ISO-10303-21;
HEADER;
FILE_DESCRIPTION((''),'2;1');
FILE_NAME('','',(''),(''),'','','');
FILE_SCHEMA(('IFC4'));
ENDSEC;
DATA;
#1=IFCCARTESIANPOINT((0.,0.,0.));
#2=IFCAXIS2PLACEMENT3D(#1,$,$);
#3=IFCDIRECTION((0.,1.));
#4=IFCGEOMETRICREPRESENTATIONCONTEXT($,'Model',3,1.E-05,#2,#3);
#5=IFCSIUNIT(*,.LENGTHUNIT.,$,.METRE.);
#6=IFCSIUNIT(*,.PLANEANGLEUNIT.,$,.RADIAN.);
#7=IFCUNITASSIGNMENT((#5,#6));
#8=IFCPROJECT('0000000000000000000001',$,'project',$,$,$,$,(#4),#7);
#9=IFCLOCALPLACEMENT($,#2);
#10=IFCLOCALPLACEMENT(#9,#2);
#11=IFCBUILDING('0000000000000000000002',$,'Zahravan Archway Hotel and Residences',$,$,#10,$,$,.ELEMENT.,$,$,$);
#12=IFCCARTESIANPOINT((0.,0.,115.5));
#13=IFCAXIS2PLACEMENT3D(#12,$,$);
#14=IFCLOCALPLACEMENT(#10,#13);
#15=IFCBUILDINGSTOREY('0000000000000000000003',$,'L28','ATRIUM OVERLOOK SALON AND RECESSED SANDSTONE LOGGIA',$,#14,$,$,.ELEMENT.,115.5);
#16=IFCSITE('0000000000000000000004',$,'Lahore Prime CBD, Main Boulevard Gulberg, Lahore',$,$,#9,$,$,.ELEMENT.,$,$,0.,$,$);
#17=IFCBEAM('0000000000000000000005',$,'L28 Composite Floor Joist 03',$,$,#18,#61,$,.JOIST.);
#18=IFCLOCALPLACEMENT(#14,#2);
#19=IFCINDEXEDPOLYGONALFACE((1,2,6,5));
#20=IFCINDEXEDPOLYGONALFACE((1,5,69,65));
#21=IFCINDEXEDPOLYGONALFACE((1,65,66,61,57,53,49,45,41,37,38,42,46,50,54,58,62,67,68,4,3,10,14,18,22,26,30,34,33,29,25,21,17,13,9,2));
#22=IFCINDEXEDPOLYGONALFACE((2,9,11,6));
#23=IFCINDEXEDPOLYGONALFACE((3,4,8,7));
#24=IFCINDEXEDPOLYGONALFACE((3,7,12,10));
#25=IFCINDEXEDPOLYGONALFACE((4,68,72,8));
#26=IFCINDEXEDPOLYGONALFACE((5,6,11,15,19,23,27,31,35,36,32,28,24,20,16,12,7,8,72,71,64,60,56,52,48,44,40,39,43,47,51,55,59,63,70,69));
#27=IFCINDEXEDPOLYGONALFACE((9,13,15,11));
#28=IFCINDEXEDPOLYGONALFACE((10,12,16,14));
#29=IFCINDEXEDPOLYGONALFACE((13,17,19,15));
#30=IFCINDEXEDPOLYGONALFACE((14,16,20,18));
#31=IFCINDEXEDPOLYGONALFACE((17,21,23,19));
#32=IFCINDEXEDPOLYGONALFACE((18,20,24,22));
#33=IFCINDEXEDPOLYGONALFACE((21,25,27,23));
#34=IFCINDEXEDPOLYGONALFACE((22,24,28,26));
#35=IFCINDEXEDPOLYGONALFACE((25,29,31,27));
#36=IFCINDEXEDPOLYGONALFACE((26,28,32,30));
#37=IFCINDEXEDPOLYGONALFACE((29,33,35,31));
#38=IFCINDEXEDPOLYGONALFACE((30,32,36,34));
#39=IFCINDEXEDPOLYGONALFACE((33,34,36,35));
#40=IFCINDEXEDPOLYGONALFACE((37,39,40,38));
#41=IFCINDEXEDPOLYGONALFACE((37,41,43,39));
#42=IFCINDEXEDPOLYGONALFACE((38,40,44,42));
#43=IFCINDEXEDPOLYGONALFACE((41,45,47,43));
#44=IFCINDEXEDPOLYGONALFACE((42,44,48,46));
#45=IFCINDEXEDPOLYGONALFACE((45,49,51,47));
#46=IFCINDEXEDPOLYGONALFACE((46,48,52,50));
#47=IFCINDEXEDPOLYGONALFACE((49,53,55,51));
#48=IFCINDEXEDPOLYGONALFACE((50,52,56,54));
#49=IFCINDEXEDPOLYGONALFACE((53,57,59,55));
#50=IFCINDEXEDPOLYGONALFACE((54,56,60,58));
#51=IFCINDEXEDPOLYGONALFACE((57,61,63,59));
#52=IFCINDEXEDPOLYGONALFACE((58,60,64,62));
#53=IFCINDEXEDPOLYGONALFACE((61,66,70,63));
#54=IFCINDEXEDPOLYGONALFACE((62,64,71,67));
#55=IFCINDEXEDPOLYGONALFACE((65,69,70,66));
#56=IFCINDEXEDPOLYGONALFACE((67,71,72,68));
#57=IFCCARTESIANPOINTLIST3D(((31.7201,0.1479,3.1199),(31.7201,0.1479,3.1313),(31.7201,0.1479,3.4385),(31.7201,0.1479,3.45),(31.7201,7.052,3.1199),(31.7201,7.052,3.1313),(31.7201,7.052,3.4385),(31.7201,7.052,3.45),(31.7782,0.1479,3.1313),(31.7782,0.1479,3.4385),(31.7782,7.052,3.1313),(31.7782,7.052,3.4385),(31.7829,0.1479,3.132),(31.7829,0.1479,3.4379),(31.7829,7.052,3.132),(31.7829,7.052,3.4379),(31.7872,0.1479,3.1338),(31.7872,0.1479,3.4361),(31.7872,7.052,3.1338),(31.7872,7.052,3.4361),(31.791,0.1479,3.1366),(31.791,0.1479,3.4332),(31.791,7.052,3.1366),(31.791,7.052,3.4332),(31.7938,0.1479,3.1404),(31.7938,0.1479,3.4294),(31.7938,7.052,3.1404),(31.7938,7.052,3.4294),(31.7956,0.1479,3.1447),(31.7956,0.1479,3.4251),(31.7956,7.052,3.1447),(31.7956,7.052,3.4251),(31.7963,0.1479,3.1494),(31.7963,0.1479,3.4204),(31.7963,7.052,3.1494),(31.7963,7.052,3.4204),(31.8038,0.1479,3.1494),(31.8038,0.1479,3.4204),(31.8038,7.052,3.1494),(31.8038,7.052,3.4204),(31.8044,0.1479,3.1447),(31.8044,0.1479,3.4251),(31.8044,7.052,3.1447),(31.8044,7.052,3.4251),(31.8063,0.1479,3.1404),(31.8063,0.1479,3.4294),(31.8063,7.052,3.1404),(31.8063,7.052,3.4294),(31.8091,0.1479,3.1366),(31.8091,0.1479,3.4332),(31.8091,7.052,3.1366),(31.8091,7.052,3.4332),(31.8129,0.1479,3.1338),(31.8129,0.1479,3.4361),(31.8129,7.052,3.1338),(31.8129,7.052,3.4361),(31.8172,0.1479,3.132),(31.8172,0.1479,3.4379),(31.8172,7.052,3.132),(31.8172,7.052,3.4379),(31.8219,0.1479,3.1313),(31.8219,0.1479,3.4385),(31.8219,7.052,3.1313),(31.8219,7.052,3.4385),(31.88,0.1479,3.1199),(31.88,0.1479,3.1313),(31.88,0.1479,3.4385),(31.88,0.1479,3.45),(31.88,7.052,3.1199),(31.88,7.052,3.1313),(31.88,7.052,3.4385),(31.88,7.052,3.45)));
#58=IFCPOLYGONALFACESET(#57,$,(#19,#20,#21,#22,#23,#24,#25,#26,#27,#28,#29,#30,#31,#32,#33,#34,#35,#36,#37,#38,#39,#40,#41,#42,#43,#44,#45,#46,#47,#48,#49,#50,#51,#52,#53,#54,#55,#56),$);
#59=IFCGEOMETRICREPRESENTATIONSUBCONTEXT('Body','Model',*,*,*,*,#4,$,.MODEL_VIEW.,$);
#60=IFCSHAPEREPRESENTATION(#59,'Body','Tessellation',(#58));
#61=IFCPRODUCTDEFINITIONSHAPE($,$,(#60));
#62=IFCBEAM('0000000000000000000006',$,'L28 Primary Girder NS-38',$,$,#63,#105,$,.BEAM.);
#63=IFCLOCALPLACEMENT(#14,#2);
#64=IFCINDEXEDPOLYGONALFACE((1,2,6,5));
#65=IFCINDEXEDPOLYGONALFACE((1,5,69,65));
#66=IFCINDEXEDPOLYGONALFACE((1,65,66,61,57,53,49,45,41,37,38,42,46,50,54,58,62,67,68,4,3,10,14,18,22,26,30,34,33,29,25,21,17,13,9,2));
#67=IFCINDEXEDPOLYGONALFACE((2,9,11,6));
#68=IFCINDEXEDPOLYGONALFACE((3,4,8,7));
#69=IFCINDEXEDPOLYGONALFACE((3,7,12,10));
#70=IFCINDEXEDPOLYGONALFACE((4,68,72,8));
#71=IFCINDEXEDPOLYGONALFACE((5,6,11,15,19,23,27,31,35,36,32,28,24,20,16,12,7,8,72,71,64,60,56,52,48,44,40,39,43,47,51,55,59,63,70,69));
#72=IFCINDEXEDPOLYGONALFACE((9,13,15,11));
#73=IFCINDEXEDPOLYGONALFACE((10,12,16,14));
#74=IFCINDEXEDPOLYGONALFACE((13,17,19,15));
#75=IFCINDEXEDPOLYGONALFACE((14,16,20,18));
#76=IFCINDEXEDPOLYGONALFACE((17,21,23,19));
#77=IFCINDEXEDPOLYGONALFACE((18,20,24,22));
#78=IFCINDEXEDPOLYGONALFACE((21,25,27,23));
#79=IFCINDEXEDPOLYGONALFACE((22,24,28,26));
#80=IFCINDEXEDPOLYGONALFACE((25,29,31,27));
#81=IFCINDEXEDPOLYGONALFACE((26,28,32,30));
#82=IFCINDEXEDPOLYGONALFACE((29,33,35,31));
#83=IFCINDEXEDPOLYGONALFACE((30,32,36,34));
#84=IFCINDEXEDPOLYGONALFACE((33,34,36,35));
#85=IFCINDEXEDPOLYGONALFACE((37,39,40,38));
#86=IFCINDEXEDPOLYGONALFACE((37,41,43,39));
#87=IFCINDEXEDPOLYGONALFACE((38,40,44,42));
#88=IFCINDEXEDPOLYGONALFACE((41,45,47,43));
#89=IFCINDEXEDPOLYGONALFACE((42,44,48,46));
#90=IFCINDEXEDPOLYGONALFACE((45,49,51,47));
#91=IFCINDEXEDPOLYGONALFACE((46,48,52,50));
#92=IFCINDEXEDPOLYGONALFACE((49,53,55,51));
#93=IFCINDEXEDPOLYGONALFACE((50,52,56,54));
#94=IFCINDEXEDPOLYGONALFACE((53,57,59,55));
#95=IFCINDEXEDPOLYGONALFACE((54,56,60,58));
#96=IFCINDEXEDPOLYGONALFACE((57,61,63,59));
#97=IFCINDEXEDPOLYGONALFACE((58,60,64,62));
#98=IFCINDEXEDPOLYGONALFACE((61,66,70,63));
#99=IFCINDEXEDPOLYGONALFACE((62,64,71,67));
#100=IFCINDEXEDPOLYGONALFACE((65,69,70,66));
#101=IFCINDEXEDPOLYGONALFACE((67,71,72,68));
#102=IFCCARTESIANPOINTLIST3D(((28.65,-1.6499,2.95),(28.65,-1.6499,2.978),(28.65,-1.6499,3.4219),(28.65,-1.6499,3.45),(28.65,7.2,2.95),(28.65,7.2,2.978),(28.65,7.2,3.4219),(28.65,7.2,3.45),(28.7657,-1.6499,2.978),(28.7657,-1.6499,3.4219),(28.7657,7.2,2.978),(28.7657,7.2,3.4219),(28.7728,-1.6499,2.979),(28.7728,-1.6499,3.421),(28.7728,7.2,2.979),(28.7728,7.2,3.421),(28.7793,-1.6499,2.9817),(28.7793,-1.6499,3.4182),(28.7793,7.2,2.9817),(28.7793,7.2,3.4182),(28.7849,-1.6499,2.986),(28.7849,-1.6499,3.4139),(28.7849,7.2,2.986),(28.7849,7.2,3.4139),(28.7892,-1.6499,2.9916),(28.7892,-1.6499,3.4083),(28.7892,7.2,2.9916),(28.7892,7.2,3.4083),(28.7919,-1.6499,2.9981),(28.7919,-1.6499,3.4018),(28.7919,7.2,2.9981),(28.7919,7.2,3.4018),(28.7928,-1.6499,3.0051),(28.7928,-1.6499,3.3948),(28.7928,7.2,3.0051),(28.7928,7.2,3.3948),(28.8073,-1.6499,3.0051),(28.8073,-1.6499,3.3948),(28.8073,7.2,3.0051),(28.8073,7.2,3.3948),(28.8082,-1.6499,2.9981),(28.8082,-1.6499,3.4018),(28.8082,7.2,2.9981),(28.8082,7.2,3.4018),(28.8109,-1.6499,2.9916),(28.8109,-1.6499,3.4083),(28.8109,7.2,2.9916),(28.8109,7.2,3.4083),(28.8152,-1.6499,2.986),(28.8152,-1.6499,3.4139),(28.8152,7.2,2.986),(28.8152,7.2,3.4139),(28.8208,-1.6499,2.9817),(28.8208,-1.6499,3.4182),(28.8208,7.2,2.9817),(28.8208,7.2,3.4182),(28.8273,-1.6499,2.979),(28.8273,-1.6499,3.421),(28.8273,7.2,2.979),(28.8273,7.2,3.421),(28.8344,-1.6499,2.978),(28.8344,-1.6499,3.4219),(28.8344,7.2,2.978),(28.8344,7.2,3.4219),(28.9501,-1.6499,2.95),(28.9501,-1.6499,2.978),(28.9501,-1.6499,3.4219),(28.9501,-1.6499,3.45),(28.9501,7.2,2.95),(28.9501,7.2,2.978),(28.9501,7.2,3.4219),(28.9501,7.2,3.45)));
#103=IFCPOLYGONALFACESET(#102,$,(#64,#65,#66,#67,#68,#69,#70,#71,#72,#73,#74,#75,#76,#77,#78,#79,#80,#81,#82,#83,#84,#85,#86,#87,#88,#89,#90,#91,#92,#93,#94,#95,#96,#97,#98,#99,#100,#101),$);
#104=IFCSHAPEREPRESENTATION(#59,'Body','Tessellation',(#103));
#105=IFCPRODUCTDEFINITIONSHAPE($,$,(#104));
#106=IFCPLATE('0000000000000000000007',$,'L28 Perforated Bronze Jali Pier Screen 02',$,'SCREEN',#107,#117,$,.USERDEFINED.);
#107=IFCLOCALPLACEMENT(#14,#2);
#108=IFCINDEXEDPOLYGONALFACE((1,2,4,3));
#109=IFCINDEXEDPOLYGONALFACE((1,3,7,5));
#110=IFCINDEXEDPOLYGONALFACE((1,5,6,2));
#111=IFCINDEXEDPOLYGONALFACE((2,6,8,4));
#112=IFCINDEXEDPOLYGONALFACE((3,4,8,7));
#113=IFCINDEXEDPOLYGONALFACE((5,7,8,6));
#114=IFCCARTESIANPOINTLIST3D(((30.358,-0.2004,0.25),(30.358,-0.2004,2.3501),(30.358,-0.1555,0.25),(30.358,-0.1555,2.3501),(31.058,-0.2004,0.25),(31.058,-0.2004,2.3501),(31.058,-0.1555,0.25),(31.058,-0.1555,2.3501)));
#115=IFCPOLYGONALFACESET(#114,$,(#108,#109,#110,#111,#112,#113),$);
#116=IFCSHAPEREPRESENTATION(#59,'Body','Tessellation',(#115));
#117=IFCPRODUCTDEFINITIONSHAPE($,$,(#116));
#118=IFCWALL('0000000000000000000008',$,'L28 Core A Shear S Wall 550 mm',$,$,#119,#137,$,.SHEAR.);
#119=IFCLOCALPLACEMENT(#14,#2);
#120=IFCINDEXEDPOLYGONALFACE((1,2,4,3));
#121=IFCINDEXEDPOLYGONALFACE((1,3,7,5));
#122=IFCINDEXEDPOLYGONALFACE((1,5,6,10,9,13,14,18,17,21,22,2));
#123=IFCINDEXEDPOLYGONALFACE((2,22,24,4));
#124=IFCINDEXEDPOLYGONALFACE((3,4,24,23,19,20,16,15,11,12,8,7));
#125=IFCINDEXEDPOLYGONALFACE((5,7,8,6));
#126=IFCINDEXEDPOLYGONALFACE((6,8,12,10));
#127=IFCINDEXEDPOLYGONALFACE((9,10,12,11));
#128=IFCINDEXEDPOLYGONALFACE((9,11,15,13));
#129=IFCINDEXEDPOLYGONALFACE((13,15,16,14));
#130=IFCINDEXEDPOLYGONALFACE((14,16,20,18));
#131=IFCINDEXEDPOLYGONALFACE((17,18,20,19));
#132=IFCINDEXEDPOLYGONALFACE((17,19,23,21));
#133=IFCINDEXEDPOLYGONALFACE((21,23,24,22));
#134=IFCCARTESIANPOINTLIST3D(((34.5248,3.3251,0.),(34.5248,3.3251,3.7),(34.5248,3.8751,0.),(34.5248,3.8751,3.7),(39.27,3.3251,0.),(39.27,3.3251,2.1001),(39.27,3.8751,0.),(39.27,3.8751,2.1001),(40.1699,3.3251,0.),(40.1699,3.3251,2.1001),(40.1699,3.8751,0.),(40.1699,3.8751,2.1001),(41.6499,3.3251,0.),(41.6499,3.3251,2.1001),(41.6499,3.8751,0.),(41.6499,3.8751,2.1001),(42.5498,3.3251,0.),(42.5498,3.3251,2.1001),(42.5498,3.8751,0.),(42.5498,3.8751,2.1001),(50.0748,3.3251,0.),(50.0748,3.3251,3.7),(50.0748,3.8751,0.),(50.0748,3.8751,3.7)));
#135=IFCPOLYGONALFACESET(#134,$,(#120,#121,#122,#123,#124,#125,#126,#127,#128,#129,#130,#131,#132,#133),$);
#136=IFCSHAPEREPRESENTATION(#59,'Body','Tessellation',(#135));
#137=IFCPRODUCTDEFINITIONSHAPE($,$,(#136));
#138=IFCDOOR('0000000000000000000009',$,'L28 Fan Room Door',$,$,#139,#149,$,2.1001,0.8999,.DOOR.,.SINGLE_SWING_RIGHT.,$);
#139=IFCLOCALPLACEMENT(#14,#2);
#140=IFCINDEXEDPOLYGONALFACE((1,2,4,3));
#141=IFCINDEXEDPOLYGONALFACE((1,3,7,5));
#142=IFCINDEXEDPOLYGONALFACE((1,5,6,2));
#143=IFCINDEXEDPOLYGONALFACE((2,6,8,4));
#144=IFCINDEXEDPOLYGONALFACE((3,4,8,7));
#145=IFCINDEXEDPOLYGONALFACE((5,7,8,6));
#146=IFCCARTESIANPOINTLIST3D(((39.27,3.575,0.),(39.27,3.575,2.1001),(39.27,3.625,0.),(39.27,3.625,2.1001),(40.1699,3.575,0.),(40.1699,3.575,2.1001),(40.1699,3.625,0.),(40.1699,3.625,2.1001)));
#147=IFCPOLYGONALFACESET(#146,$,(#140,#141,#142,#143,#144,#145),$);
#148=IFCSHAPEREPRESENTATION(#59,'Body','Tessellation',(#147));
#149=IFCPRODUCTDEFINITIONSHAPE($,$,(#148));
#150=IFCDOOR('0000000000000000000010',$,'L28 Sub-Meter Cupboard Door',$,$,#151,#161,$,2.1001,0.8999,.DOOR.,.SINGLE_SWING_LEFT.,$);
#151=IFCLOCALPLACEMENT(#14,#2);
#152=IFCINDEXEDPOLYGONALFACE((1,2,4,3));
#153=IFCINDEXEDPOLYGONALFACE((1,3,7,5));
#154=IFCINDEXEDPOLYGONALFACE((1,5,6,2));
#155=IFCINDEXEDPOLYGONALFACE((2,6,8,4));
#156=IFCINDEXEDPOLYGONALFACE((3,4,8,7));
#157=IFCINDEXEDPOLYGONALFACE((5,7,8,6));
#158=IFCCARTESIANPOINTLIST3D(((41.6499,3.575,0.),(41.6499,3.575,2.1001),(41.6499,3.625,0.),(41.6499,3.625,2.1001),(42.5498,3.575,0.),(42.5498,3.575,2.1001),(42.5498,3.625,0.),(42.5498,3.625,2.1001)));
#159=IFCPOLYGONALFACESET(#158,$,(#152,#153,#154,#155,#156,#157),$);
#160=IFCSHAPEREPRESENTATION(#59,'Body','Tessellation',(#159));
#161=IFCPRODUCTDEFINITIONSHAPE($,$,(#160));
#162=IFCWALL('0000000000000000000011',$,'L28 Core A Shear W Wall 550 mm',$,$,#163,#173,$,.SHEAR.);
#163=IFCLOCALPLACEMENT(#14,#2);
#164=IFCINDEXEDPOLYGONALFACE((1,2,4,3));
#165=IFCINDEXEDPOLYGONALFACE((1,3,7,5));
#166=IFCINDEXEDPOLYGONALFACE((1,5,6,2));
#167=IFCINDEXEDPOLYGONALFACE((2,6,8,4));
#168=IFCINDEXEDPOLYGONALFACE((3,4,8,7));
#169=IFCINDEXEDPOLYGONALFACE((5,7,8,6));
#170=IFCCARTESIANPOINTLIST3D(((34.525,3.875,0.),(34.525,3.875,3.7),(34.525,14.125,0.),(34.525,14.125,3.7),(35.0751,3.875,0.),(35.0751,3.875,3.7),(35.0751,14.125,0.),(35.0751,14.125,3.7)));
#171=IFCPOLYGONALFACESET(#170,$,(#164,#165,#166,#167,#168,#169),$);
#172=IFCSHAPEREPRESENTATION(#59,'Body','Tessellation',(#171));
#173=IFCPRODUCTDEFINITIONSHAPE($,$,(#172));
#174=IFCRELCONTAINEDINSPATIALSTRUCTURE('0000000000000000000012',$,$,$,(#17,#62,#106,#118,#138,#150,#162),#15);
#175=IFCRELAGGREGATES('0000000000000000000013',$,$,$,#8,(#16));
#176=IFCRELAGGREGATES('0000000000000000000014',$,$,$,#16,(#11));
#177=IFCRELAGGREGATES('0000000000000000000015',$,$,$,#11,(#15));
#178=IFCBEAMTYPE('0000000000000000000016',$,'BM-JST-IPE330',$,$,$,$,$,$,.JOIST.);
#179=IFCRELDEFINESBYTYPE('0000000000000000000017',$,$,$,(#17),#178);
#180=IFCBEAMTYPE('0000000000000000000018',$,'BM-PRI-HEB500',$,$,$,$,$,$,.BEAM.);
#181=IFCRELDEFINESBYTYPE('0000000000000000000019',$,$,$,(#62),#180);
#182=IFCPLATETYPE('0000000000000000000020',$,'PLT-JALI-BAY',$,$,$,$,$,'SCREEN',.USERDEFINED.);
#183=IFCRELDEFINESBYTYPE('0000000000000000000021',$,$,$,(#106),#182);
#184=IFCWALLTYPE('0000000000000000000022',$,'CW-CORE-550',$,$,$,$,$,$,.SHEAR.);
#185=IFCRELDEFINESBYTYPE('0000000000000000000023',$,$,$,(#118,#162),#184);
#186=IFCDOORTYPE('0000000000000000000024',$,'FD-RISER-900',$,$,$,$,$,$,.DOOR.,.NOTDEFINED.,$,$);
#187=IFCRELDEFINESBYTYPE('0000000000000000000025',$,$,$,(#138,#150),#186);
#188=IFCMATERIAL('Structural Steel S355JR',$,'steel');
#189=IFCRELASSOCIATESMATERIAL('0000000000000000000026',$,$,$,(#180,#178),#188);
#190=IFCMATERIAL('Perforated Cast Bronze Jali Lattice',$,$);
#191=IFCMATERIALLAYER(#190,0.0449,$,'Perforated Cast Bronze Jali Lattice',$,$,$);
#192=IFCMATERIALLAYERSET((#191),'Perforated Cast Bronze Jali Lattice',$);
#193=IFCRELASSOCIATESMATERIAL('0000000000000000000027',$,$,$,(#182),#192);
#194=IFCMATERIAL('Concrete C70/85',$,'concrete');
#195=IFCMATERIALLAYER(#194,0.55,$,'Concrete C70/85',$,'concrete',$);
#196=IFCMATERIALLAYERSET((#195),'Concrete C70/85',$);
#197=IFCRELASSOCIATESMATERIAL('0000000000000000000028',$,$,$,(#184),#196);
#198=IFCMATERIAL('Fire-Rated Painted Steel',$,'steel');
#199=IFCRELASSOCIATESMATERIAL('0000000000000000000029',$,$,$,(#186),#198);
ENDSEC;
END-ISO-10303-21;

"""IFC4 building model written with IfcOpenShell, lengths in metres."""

from ifc_helpers import new_model, si_unit, direction, frame, frame_2d, origin, origin_2d, place, context, subcontext, project, spatial, rectangle, i_section, extrude, source, transform, mapped, material, layer, layer_set, material_profile, profile_set, type_object, type_shapes, element, fill, save


model = new_model("IFC4")

# Units and contexts
model_context = context("Model", 3, precision=1e-05, world=origin(), true_north=direction((0.0, 1.0)))
body_context = subcontext(model_context, "Body", "Model", "MODEL_VIEW")
ifc_project = project(units=[si_unit("LENGTHUNIT", "METRE"), si_unit("PLANEANGLEUNIT", "RADIAN")], contexts=[model_context])

# Site, building, storey
site_placement = place(None, origin())
site = spatial("IfcSite", under=ifc_project, at=site_placement, Name="Lahore Prime CBD, Main Boulevard Gulberg, Lahore", CompositionType="ELEMENT", RefElevation=0.0)
building_placement = place(site_placement, origin())
building = spatial("IfcBuilding", under=site, at=building_placement, Name="Zahravan Archway Hotel and Residences", CompositionType="ELEMENT")
storey_placement = place(building_placement, frame((0.0, 0.0, 115.5)))
storey = spatial("IfcBuildingStorey", under=building, at=storey_placement, Name="L28", Description="ATRIUM OVERLOOK SALON AND RECESSED SANDSTONE LOGGIA", CompositionType="ELEMENT", Elevation=115.5)

# Beams
ifc_material_1 = material(Name="Structural Steel S355JR", Category="steel")
ifc_material_profile_1 = material_profile(ifc_material_1, i_section(OverallWidth=0.3, OverallDepth=0.5, WebThickness=0.0144, FlangeThickness=0.0281, FilletRadius=0.0271, at=origin_2d()), Name="HEB 500", Category="steel")
ifc_profile_set_1 = profile_set([ifc_material_profile_1], Name="Structural Steel S355JR")
beam_type_1 = type_object("IfcBeamType", Name="BM-PRI-HEB500", PredefinedType="BEAM", material=ifc_profile_set_1)
ifc_material_profile_2 = material_profile(ifc_material_1, i_section(OverallWidth=0.1599, OverallDepth=0.3301, WebThickness=0.0076, FlangeThickness=0.0115, FilletRadius=0.0181, at=origin_2d()), Name="IPE 330", Category="steel")
ifc_profile_set_2 = profile_set([ifc_material_profile_2], Name="Structural Steel S355JR")
beam_type_2 = type_object("IfcBeamType", Name="BM-JST-IPE330", PredefinedType="JOIST", material=ifc_profile_set_2)
shared_shape_1 = source(origin(), body_context, "Body", "SweptSolid", [
    extrude(i_section(OverallWidth=0.1599, OverallDepth=0.3301, WebThickness=0.0076, FlangeThickness=0.0115, FilletRadius=0.0181, at=origin_2d()), origin(), (0.0, 0.0, 1.0), 6.9041),
])
type_shapes(beam_type_2, [shared_shape_1])
for number, where, z_axis, x_axis, name in (
    (1, (31.8, 0.1479, 3.2849), (0.0, 1.0, 0.0), (-1.0, 0.0, 0.0), "L28 Composite Floor Joist 03"),
):
    element("IfcBeam", number, at=place(storey_placement, frame(where, z_axis=z_axis, x_axis=x_axis)), inside=storey, type_object=beam_type_2, Name=name, PredefinedType="JOIST", context=body_context, shape_type="MappedRepresentation", body=[
        mapped(shared_shape_1, transform((0.0, 0.0, 0.0), scale=1.0)),
    ])
shared_shape_2 = source(origin(), body_context, "Body", "SweptSolid", [
    extrude(i_section(OverallWidth=0.3, OverallDepth=0.5, WebThickness=0.0144, FlangeThickness=0.0281, FilletRadius=0.0271, at=origin_2d()), origin(), (0.0, 0.0, 1.0), 8.8499),
])
beam_1_placement = place(storey_placement, frame((28.8, -1.6499, 3.2), z_axis=(0.0, 1.0, 0.0), x_axis=(-1.0, 0.0, 0.0)))
element("IfcBeam", 2, at=beam_1_placement, inside=storey, type_object=beam_type_1, Name="L28 Primary Girder NS-38", PredefinedType="BEAM", context=body_context, shape_type="MappedRepresentation", body=[
    mapped(shared_shape_2, transform((0.0, 0.0, 0.0), scale=1.0)),
])

# Plate
ifc_material_2 = material(Name="Perforated Cast Bronze Jali Lattice")
ifc_layer_1 = layer(ifc_material_2, 0.0449, Name="Perforated Cast Bronze Jali Lattice")
ifc_layer_set_1 = layer_set([ifc_layer_1], Name="Perforated Cast Bronze Jali Lattice")
plate_type = type_object("IfcPlateType", Name="PLT-JALI-BAY", ElementType="SCREEN", PredefinedType="USERDEFINED", material=ifc_layer_set_1)
shared_shape_3 = source(origin(), body_context, "Body", "SweptSolid", [
    extrude(rectangle(XDim=0.7, YDim=0.0449, at=origin_2d()), origin(), (0.0, 0.0, 1.0), 2.1001),
])
type_shapes(plate_type, [shared_shape_3])
plate_placement = place(storey_placement, frame((30.708, -0.178, 0.25), z_axis=(0.0, 0.0, 1.0), x_axis=(1.0, 0.0, 0.0)))
element("IfcPlate", 3, at=plate_placement, inside=storey, type_object=plate_type, Name="L28 Perforated Bronze Jali Pier Screen 02", ObjectType="SCREEN", PredefinedType="USERDEFINED", context=body_context, shape_type="MappedRepresentation", body=[
    mapped(shared_shape_3, transform((0.0, 0.0, 0.0), scale=1.0)),
])

# Wall, openings, doors
ifc_material_3 = material(Name="Concrete C70/85", Category="concrete")
ifc_layer_2 = layer(ifc_material_3, 0.55, Name="Concrete C70/85", Category="concrete")
ifc_layer_set_2 = layer_set([ifc_layer_2], Name="Concrete C70/85")
wall_type_1 = type_object("IfcWallType", Name="CW-CORE-550", PredefinedType="SHEAR", material=ifc_layer_set_2)
wall_1_placement = place(storey_placement, frame((34.5249, 3.6001, 0.0), z_axis=(0.0, 0.0, 1.0), x_axis=(1.0, 0.0, 0.0)))
wall_1 = element("IfcWall", 4, at=wall_1_placement, inside=storey, type_object=wall_type_1, Name="L28 Core A Shear S Wall 550 mm", PredefinedType="SHEAR", context=body_context, shape_type="SweptSolid", body=[
    extrude(rectangle(XDim=15.55, YDim=0.55, at=frame_2d((7.7749, 0.0))), origin(), (0.0, 0.0, 1.0), 3.7),
])
opening_1_placement = place(wall_1_placement, frame((4.7451, 0.0, 0.0)))
opening_1 = element("IfcOpeningElement", 5, at=opening_1_placement, cuts=wall_1, PredefinedType="OPENING", context=body_context, shape_type="SweptSolid", body=[
    extrude(rectangle(XDim=0.8999, YDim=2.1001, at=frame_2d((0.45, 1.05))), frame((0.0, 0.2852, 0.0), z_axis=(0.0, -1.0, 0.0), x_axis=(1.0, 0.0, 0.0)), (0.0, 0.0, 1.0), 0.5701),
])
opening_2_placement = place(wall_1_placement, frame((7.125, 0.0, 0.0)))
opening_2 = element("IfcOpeningElement", 6, at=opening_2_placement, cuts=wall_1, PredefinedType="OPENING", context=body_context, shape_type="SweptSolid", body=[
    extrude(rectangle(XDim=0.8999, YDim=2.1001, at=frame_2d((0.45, 1.05))), frame((0.0, 0.2852, 0.0), z_axis=(0.0, -1.0, 0.0), x_axis=(1.0, 0.0, 0.0)), (0.0, 0.0, 1.0), 0.5701),
])
ifc_material_4 = material(Name="Fire-Rated Painted Steel", Category="steel")
door_type_1 = type_object("IfcDoorType", Name="FD-RISER-900", OperationType="NOTDEFINED", PredefinedType="DOOR", material=ifc_material_4)
shared_shape_4 = source(origin(), body_context, "Body", "SweptSolid", [
    extrude(rectangle(XDim=0.8999, YDim=2.1001, at=frame_2d((0.45, 1.05))), frame((0.0, 0.0249, 0.0), z_axis=(0.0, -1.0, 0.0), x_axis=(1.0, 0.0, 0.0)), (0.0, 0.0, 1.0), 0.05),
])
type_shapes(door_type_1, [shared_shape_4])
door_1_placement = place(opening_1_placement, origin())
door_1 = element("IfcDoor", 7, at=door_1_placement, inside=storey, type_object=door_type_1, Name="L28 Fan Room Door", OperationType="SINGLE_SWING_RIGHT", OverallHeight=2.1001, OverallWidth=0.8999, PredefinedType="DOOR", context=body_context, shape_type="MappedRepresentation", body=[
    mapped(shared_shape_4, transform((0.0, 0.0, 0.0), scale=1.0)),
])
fill(opening_1, door_1)
door_2_placement = place(opening_2_placement, origin())
door_2 = element("IfcDoor", 8, at=door_2_placement, inside=storey, type_object=door_type_1, Name="L28 Sub-Meter Cupboard Door", OperationType="SINGLE_SWING_LEFT", OverallHeight=2.1001, OverallWidth=0.8999, PredefinedType="DOOR", context=body_context, shape_type="MappedRepresentation", body=[
    mapped(shared_shape_4, transform((0.0, 0.0, 0.0), scale=1.0)),
])
fill(opening_2, door_2)

# Wall
wall_2_placement = place(storey_placement, frame((34.8, 3.875, 0.0), z_axis=(0.0, 0.0, 1.0), x_axis=(0.0, 1.0, 0.0)))
element("IfcWall", 9, at=wall_2_placement, inside=storey, type_object=wall_type_1, Name="L28 Core A Shear W Wall 550 mm", PredefinedType="SHEAR", context=body_context, shape_type="SweptSolid", body=[
    extrude(rectangle(XDim=10.25, YDim=0.55, at=frame_2d((5.125, 0.0))), origin(), (0.0, 0.0, 1.0), 3.7),
])

save(model, "model.ifc")
